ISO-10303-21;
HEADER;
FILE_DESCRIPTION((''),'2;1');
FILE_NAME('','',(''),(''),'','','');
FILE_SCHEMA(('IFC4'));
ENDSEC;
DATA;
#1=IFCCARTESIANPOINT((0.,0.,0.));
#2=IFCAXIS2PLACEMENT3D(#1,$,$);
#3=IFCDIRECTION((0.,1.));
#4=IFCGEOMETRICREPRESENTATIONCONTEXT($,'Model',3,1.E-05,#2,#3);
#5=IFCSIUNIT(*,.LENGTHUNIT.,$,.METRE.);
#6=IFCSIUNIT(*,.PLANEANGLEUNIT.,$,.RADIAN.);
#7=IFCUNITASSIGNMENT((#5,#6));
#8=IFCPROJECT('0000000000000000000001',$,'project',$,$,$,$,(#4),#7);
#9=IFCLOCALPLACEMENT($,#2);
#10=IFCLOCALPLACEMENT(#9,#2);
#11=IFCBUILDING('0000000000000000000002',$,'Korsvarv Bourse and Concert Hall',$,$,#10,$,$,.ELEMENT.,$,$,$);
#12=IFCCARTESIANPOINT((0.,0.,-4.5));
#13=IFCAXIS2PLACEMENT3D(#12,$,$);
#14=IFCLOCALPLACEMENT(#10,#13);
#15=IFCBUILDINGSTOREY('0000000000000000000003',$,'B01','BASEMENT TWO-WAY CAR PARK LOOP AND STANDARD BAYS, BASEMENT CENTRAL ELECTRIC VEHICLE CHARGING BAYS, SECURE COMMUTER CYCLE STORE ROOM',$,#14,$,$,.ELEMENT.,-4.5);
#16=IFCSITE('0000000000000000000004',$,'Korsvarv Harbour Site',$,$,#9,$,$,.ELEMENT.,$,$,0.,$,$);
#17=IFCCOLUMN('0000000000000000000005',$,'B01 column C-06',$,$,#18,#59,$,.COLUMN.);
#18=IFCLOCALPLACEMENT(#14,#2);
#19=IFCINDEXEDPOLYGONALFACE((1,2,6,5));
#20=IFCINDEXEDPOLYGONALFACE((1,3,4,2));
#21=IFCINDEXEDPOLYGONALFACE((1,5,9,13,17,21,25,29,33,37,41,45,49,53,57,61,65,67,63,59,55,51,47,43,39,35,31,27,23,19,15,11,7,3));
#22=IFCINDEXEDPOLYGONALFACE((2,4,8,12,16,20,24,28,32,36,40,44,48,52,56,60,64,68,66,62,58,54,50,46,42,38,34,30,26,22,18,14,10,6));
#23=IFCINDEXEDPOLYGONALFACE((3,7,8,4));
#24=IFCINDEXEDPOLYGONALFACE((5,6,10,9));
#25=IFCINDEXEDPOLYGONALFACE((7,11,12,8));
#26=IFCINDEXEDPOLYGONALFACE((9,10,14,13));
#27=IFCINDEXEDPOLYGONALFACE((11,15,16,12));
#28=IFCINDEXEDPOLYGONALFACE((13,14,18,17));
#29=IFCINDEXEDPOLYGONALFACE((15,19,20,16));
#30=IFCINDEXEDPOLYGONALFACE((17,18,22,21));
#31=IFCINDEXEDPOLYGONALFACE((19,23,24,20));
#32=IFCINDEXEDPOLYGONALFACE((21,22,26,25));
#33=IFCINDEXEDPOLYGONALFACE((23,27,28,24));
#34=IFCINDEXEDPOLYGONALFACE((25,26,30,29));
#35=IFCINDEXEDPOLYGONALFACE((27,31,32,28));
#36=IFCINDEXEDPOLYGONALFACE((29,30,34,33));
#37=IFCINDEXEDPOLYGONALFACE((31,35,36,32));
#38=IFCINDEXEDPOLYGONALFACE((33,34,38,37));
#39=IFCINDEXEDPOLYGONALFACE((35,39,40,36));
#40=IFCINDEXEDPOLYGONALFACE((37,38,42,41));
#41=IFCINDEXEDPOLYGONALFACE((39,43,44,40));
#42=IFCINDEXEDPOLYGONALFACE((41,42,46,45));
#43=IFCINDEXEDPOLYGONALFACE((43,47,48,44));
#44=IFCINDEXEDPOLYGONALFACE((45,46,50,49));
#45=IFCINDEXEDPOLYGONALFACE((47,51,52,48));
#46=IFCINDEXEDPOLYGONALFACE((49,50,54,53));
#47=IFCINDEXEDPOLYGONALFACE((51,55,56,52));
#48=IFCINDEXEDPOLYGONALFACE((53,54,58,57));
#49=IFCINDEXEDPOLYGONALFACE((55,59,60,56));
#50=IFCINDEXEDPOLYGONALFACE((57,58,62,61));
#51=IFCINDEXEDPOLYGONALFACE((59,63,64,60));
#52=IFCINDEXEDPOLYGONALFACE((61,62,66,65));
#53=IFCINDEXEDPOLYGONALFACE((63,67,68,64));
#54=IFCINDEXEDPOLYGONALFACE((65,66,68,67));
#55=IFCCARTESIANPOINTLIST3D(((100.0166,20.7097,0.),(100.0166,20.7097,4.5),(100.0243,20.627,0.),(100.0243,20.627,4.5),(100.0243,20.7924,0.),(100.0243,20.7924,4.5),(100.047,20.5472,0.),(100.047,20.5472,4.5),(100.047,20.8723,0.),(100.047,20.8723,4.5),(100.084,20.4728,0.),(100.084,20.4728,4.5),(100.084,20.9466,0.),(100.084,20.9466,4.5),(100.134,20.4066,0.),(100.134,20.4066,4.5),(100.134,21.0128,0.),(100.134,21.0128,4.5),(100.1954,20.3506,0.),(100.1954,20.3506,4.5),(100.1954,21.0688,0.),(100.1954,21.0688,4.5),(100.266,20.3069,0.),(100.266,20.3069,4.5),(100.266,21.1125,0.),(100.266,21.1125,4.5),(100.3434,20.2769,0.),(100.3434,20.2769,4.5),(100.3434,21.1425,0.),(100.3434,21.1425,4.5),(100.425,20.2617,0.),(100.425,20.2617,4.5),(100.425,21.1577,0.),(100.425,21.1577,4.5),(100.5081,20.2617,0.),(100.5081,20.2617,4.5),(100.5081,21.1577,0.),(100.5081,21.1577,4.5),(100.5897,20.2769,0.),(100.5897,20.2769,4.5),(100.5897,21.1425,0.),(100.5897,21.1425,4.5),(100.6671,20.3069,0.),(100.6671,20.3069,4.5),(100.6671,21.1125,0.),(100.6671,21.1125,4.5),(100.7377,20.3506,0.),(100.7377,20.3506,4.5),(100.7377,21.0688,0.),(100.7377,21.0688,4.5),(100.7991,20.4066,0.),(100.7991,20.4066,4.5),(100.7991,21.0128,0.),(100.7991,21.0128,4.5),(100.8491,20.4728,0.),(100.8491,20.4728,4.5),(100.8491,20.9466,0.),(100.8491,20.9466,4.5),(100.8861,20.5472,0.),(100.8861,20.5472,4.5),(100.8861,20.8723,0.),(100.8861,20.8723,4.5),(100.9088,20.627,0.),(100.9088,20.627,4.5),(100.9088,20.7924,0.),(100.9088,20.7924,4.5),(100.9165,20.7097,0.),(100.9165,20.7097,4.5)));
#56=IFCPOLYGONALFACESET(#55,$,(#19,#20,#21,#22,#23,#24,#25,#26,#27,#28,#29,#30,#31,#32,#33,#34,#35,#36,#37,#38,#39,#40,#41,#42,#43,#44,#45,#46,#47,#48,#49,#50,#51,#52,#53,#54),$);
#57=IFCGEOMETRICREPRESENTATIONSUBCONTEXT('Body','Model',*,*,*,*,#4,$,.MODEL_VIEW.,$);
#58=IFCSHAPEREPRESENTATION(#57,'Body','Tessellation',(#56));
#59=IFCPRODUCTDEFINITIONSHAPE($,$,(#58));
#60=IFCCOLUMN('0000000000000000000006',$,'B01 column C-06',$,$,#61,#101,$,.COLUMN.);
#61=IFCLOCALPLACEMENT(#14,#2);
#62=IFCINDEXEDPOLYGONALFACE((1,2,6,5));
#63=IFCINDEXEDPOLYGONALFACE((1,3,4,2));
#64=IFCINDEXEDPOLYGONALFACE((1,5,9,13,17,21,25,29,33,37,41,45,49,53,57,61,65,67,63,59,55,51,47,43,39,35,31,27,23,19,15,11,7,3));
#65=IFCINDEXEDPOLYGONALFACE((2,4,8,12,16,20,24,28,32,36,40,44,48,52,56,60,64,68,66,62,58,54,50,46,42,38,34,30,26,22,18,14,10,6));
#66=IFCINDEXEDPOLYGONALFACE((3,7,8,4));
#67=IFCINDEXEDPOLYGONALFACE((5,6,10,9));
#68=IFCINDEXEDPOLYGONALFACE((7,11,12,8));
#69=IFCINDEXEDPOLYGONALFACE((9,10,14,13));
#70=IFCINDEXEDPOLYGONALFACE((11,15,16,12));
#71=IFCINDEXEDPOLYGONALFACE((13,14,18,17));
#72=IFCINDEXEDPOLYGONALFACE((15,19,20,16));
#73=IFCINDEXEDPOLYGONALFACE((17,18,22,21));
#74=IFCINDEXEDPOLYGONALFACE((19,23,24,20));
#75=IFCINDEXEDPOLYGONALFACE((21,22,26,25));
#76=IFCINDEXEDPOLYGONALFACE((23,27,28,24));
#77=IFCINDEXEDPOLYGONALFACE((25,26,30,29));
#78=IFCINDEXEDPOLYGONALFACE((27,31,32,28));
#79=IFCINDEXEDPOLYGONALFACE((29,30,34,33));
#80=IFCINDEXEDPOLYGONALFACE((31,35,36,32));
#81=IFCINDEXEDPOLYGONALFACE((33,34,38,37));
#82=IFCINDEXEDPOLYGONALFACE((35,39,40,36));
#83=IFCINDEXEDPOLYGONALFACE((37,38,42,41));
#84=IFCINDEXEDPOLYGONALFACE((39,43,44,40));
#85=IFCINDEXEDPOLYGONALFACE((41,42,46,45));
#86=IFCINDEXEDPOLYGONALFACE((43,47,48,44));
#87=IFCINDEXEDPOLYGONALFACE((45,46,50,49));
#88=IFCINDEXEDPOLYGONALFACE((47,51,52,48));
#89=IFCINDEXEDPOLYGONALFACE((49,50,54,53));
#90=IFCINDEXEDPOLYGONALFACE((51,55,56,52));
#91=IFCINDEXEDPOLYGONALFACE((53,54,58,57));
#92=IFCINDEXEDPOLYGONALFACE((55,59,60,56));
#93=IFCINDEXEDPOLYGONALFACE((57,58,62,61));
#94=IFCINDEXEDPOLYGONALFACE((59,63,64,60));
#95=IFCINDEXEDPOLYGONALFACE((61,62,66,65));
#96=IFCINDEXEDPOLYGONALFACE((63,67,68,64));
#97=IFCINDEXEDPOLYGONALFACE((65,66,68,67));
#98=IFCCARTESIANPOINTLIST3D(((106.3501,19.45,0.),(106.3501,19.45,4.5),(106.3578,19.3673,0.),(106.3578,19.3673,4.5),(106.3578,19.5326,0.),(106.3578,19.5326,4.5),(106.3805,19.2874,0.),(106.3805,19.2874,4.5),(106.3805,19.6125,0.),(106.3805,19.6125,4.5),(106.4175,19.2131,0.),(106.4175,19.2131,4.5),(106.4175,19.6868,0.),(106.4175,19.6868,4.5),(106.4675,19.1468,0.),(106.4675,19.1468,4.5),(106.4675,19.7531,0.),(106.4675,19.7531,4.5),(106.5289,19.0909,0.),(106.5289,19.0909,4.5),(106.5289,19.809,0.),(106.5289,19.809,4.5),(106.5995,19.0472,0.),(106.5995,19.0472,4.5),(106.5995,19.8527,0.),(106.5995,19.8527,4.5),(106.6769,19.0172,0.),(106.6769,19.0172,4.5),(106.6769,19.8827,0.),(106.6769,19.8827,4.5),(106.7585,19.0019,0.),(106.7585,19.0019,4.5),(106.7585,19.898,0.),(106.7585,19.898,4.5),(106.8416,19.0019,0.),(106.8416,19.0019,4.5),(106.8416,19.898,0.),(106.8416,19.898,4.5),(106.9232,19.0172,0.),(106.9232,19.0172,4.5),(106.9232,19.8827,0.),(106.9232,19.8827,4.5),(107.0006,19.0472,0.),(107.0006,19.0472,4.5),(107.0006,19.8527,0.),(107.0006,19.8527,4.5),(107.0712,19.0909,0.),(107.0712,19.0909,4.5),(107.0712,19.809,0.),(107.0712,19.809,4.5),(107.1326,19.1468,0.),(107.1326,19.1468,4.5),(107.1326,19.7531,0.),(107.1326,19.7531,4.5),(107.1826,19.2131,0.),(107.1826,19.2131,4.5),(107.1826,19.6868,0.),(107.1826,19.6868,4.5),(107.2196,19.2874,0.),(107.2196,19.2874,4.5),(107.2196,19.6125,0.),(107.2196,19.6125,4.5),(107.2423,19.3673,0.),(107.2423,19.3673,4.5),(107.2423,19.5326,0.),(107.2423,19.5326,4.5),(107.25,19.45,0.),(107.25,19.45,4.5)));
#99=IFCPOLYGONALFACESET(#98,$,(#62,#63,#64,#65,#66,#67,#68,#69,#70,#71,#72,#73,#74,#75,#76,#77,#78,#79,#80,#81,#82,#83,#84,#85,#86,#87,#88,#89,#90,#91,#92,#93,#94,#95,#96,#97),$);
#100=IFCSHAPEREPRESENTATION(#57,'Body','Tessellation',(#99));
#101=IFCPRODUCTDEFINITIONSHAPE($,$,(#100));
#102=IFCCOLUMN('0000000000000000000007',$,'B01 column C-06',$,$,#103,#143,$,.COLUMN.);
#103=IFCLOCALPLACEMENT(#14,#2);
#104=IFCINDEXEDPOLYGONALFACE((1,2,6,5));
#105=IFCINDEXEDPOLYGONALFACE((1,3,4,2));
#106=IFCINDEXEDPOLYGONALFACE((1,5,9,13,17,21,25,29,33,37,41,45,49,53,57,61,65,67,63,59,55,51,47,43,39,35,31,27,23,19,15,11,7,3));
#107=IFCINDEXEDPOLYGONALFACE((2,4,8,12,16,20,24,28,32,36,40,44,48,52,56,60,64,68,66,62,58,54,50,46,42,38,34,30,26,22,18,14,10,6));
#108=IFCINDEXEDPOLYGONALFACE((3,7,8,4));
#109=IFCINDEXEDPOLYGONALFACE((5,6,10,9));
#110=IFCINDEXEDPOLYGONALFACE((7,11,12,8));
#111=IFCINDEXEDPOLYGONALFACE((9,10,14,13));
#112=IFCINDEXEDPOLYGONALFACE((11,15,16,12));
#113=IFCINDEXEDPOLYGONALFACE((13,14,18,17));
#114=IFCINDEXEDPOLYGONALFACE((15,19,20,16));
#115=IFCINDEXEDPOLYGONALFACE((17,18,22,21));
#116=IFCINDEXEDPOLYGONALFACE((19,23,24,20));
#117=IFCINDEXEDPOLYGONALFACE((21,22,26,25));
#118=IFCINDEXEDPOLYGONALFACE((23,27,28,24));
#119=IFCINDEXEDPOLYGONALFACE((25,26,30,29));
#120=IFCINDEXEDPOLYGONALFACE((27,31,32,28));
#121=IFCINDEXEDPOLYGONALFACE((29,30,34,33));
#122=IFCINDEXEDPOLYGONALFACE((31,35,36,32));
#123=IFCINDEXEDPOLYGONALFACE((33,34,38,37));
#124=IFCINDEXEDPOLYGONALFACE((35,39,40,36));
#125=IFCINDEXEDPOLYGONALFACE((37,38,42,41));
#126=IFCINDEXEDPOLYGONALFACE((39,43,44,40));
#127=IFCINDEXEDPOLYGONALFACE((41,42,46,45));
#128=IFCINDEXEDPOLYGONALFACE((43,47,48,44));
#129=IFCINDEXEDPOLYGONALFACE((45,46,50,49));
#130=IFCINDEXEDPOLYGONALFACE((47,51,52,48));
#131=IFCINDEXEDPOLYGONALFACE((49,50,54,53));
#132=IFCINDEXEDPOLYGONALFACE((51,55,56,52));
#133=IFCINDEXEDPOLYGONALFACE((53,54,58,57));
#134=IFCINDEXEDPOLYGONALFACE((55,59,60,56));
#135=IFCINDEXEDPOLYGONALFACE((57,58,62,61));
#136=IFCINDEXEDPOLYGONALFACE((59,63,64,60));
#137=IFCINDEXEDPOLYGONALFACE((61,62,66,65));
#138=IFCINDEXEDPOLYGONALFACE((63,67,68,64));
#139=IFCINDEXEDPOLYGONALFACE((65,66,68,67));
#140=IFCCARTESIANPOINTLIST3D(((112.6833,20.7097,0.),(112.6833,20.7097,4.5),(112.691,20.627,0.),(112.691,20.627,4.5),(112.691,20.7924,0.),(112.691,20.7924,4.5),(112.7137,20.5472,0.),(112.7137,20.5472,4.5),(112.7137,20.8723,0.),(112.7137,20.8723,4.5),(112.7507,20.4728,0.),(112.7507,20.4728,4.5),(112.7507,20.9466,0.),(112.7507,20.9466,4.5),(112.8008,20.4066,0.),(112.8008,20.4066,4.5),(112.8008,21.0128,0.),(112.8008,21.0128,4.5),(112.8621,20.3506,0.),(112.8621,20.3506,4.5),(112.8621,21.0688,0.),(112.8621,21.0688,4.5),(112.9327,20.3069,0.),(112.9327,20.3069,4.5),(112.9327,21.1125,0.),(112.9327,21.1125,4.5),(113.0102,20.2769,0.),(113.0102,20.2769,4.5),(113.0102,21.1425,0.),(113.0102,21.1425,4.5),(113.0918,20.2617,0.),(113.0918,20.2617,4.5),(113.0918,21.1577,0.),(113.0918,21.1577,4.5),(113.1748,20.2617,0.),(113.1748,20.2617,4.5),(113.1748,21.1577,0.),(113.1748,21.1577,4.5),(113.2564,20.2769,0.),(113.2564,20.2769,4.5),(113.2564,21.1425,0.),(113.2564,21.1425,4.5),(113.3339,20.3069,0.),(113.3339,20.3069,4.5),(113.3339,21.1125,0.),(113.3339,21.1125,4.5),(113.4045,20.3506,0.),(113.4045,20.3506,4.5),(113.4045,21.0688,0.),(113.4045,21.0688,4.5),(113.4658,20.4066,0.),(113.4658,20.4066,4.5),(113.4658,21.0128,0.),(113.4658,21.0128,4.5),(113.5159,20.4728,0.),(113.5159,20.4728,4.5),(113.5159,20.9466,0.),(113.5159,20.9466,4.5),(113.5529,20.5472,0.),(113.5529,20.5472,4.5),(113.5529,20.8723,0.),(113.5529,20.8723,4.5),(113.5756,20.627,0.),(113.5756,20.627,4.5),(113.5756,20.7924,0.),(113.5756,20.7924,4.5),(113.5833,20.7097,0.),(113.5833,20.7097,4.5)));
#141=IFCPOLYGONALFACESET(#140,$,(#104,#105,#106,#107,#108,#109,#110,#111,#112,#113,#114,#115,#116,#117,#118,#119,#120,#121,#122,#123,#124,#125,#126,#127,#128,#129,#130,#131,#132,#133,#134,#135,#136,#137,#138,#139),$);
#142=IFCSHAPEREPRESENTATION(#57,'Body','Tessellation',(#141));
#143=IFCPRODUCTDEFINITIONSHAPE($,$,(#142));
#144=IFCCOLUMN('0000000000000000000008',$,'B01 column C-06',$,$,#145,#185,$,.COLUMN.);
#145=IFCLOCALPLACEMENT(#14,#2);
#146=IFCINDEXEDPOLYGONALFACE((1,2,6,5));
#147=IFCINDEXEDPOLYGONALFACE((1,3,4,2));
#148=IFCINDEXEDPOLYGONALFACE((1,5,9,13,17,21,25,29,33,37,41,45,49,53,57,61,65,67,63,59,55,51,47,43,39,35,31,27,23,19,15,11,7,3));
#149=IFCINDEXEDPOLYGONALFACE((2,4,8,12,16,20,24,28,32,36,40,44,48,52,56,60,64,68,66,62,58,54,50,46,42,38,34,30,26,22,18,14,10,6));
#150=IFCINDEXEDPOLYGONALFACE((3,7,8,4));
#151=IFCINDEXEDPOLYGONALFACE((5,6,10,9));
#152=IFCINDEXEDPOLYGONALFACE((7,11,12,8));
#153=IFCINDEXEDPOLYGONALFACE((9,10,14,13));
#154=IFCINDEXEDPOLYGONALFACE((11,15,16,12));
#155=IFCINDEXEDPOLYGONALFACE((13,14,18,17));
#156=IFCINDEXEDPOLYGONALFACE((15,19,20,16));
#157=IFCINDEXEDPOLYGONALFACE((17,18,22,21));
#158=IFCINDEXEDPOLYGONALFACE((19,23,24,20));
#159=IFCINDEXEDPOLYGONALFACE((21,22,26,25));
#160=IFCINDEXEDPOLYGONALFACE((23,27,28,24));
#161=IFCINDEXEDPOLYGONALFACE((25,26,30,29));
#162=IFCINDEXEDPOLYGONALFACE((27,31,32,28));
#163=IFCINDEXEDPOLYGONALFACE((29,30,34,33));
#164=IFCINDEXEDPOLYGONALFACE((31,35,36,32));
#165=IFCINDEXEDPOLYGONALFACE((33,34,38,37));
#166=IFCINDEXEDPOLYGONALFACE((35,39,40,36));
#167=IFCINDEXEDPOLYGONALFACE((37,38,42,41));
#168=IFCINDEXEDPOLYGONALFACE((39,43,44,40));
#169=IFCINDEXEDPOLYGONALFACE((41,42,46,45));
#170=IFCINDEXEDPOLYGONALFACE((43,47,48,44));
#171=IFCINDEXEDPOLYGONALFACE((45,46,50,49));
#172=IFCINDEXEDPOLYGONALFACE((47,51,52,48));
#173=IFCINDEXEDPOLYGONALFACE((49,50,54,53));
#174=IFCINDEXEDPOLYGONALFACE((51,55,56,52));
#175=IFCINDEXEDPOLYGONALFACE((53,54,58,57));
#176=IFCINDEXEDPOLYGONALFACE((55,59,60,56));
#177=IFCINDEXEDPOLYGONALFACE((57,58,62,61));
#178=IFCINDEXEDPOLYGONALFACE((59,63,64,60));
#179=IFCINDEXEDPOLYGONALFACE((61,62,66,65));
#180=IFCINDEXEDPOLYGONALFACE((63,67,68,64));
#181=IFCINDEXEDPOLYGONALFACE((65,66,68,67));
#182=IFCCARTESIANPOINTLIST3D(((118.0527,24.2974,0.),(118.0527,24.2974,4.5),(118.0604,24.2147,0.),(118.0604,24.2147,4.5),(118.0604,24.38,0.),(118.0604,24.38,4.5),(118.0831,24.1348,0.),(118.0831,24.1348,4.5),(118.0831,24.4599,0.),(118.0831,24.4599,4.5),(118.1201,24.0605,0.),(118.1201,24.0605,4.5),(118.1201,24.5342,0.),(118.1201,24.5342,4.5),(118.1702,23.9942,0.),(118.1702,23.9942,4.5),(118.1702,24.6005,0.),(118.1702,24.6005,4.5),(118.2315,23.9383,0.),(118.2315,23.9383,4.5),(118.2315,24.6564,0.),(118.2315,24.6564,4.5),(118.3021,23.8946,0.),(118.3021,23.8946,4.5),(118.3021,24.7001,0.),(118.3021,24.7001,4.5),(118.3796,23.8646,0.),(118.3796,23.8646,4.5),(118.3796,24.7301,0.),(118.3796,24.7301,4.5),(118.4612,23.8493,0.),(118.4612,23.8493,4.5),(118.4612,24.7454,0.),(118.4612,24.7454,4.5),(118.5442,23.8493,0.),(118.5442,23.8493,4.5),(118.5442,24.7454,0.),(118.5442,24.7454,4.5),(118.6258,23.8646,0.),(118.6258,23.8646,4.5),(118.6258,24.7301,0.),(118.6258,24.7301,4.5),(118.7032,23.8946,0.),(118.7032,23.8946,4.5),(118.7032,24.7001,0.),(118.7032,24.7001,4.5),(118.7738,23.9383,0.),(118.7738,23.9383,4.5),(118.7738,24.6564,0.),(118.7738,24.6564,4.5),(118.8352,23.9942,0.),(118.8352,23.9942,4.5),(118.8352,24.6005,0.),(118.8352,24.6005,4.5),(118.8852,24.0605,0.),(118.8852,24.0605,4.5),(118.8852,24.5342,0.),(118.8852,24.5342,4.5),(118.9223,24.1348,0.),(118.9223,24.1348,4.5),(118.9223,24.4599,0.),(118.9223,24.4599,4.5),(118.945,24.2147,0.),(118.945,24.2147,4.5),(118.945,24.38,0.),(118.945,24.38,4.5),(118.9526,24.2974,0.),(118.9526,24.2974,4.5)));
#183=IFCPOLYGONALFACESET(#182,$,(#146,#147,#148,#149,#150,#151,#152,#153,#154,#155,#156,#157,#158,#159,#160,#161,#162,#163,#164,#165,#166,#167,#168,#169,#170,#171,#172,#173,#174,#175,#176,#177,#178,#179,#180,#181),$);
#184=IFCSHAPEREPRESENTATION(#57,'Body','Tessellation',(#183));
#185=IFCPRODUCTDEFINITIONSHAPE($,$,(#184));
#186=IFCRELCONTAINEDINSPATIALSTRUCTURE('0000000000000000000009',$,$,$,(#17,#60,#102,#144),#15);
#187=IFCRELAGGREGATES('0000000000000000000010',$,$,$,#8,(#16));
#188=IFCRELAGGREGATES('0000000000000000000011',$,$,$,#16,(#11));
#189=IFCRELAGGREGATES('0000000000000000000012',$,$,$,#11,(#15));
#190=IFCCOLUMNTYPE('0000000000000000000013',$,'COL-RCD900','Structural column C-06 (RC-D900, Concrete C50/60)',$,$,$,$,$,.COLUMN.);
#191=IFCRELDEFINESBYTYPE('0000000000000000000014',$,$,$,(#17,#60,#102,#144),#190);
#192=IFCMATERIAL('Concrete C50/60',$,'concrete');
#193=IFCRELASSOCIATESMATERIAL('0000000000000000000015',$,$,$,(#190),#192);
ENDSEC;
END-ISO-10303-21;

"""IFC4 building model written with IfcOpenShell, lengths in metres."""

from ifc_helpers import new_model, si_unit, direction, frame, origin, origin_2d, place, context, subcontext, project, spatial, circle, extrude, source, transform, mapped, material, material_profile, profile_set, type_object, element, save


model = new_model("IFC4")

# Units and contexts
model_context = context("Model", 3, precision=1e-05, world=origin(), true_north=direction((0.0, 1.0)))
body_context = subcontext(model_context, "Body", "Model", "MODEL_VIEW")
ifc_project = project(units=[si_unit("LENGTHUNIT", "METRE"), si_unit("PLANEANGLEUNIT", "RADIAN")], contexts=[model_context])

# Site, building, storey
site_placement = place(None, origin())
site = spatial("IfcSite", under=ifc_project, at=site_placement, Name="Korsvarv Harbour Site", CompositionType="ELEMENT", RefElevation=0.0)
building_placement = place(site_placement, origin())
building = spatial("IfcBuilding", under=site, at=building_placement, Name="Korsvarv Bourse and Concert Hall", CompositionType="ELEMENT")
storey_placement = place(building_placement, frame((0.0, 0.0, -4.5)))
storey = spatial("IfcBuildingStorey", under=building, at=storey_placement, Name="B01", Description="BASEMENT TWO-WAY CAR PARK LOOP AND STANDARD BAYS, BASEMENT CENTRAL ELECTRIC VEHICLE CHARGING BAYS, SECURE COMMUTER CYCLE STORE ROOM", CompositionType="ELEMENT", Elevation=-4.5)

# Columns
ifc_material_1 = material(Name="Concrete C50/60", Category="concrete")
ifc_material_profile_1 = material_profile(ifc_material_1, circle(Radius=0.45, at=origin_2d()), Name="RC-D900")
ifc_profile_set_1 = profile_set([ifc_material_profile_1], Name="Concrete C50/60")
column_type = type_object("IfcColumnType", Name="COL-RCD900", Description="Structural column C-06 (RC-D900, Concrete C50/60)", PredefinedType="COLUMN", material=ifc_profile_set_1)
shared_shape_1 = source(origin(), body_context, "Body", "SweptSolid", [
    extrude(circle(Radius=0.45, at=origin_2d()), origin(), (0.0, 0.0, 1.0), 4.5),
])
for number, where, z_axis, x_axis, name in (
    (1, (100.4666, 20.7097, 0.0), (0.0, 0.0, 1.0), (1.0, 0.0, 0.0), "B01 column C-06"),
    (2, (106.8, 19.45, 0.0), (0.0, 0.0, 1.0), (1.0, 0.0, 0.0), "B01 column C-06"),
    (3, (113.1333, 20.7097, 0.0), (0.0, 0.0, 1.0), (1.0, 0.0, 0.0), "B01 column C-06"),
    (4, (118.5027, 24.2974, 0.0), (0.0, 0.0, 1.0), (1.0, 0.0, 0.0), "B01 column C-06"),
):
    element("IfcColumn", number, at=place(storey_placement, frame(where, z_axis=z_axis, x_axis=x_axis)), inside=storey, type_object=column_type, Name=name, PredefinedType="COLUMN", context=body_context, shape_type="MappedRepresentation", body=[
        mapped(shared_shape_1, transform((0.0, 0.0, 0.0), scale=1.0)),
    ])

save(model, "model.ifc")
